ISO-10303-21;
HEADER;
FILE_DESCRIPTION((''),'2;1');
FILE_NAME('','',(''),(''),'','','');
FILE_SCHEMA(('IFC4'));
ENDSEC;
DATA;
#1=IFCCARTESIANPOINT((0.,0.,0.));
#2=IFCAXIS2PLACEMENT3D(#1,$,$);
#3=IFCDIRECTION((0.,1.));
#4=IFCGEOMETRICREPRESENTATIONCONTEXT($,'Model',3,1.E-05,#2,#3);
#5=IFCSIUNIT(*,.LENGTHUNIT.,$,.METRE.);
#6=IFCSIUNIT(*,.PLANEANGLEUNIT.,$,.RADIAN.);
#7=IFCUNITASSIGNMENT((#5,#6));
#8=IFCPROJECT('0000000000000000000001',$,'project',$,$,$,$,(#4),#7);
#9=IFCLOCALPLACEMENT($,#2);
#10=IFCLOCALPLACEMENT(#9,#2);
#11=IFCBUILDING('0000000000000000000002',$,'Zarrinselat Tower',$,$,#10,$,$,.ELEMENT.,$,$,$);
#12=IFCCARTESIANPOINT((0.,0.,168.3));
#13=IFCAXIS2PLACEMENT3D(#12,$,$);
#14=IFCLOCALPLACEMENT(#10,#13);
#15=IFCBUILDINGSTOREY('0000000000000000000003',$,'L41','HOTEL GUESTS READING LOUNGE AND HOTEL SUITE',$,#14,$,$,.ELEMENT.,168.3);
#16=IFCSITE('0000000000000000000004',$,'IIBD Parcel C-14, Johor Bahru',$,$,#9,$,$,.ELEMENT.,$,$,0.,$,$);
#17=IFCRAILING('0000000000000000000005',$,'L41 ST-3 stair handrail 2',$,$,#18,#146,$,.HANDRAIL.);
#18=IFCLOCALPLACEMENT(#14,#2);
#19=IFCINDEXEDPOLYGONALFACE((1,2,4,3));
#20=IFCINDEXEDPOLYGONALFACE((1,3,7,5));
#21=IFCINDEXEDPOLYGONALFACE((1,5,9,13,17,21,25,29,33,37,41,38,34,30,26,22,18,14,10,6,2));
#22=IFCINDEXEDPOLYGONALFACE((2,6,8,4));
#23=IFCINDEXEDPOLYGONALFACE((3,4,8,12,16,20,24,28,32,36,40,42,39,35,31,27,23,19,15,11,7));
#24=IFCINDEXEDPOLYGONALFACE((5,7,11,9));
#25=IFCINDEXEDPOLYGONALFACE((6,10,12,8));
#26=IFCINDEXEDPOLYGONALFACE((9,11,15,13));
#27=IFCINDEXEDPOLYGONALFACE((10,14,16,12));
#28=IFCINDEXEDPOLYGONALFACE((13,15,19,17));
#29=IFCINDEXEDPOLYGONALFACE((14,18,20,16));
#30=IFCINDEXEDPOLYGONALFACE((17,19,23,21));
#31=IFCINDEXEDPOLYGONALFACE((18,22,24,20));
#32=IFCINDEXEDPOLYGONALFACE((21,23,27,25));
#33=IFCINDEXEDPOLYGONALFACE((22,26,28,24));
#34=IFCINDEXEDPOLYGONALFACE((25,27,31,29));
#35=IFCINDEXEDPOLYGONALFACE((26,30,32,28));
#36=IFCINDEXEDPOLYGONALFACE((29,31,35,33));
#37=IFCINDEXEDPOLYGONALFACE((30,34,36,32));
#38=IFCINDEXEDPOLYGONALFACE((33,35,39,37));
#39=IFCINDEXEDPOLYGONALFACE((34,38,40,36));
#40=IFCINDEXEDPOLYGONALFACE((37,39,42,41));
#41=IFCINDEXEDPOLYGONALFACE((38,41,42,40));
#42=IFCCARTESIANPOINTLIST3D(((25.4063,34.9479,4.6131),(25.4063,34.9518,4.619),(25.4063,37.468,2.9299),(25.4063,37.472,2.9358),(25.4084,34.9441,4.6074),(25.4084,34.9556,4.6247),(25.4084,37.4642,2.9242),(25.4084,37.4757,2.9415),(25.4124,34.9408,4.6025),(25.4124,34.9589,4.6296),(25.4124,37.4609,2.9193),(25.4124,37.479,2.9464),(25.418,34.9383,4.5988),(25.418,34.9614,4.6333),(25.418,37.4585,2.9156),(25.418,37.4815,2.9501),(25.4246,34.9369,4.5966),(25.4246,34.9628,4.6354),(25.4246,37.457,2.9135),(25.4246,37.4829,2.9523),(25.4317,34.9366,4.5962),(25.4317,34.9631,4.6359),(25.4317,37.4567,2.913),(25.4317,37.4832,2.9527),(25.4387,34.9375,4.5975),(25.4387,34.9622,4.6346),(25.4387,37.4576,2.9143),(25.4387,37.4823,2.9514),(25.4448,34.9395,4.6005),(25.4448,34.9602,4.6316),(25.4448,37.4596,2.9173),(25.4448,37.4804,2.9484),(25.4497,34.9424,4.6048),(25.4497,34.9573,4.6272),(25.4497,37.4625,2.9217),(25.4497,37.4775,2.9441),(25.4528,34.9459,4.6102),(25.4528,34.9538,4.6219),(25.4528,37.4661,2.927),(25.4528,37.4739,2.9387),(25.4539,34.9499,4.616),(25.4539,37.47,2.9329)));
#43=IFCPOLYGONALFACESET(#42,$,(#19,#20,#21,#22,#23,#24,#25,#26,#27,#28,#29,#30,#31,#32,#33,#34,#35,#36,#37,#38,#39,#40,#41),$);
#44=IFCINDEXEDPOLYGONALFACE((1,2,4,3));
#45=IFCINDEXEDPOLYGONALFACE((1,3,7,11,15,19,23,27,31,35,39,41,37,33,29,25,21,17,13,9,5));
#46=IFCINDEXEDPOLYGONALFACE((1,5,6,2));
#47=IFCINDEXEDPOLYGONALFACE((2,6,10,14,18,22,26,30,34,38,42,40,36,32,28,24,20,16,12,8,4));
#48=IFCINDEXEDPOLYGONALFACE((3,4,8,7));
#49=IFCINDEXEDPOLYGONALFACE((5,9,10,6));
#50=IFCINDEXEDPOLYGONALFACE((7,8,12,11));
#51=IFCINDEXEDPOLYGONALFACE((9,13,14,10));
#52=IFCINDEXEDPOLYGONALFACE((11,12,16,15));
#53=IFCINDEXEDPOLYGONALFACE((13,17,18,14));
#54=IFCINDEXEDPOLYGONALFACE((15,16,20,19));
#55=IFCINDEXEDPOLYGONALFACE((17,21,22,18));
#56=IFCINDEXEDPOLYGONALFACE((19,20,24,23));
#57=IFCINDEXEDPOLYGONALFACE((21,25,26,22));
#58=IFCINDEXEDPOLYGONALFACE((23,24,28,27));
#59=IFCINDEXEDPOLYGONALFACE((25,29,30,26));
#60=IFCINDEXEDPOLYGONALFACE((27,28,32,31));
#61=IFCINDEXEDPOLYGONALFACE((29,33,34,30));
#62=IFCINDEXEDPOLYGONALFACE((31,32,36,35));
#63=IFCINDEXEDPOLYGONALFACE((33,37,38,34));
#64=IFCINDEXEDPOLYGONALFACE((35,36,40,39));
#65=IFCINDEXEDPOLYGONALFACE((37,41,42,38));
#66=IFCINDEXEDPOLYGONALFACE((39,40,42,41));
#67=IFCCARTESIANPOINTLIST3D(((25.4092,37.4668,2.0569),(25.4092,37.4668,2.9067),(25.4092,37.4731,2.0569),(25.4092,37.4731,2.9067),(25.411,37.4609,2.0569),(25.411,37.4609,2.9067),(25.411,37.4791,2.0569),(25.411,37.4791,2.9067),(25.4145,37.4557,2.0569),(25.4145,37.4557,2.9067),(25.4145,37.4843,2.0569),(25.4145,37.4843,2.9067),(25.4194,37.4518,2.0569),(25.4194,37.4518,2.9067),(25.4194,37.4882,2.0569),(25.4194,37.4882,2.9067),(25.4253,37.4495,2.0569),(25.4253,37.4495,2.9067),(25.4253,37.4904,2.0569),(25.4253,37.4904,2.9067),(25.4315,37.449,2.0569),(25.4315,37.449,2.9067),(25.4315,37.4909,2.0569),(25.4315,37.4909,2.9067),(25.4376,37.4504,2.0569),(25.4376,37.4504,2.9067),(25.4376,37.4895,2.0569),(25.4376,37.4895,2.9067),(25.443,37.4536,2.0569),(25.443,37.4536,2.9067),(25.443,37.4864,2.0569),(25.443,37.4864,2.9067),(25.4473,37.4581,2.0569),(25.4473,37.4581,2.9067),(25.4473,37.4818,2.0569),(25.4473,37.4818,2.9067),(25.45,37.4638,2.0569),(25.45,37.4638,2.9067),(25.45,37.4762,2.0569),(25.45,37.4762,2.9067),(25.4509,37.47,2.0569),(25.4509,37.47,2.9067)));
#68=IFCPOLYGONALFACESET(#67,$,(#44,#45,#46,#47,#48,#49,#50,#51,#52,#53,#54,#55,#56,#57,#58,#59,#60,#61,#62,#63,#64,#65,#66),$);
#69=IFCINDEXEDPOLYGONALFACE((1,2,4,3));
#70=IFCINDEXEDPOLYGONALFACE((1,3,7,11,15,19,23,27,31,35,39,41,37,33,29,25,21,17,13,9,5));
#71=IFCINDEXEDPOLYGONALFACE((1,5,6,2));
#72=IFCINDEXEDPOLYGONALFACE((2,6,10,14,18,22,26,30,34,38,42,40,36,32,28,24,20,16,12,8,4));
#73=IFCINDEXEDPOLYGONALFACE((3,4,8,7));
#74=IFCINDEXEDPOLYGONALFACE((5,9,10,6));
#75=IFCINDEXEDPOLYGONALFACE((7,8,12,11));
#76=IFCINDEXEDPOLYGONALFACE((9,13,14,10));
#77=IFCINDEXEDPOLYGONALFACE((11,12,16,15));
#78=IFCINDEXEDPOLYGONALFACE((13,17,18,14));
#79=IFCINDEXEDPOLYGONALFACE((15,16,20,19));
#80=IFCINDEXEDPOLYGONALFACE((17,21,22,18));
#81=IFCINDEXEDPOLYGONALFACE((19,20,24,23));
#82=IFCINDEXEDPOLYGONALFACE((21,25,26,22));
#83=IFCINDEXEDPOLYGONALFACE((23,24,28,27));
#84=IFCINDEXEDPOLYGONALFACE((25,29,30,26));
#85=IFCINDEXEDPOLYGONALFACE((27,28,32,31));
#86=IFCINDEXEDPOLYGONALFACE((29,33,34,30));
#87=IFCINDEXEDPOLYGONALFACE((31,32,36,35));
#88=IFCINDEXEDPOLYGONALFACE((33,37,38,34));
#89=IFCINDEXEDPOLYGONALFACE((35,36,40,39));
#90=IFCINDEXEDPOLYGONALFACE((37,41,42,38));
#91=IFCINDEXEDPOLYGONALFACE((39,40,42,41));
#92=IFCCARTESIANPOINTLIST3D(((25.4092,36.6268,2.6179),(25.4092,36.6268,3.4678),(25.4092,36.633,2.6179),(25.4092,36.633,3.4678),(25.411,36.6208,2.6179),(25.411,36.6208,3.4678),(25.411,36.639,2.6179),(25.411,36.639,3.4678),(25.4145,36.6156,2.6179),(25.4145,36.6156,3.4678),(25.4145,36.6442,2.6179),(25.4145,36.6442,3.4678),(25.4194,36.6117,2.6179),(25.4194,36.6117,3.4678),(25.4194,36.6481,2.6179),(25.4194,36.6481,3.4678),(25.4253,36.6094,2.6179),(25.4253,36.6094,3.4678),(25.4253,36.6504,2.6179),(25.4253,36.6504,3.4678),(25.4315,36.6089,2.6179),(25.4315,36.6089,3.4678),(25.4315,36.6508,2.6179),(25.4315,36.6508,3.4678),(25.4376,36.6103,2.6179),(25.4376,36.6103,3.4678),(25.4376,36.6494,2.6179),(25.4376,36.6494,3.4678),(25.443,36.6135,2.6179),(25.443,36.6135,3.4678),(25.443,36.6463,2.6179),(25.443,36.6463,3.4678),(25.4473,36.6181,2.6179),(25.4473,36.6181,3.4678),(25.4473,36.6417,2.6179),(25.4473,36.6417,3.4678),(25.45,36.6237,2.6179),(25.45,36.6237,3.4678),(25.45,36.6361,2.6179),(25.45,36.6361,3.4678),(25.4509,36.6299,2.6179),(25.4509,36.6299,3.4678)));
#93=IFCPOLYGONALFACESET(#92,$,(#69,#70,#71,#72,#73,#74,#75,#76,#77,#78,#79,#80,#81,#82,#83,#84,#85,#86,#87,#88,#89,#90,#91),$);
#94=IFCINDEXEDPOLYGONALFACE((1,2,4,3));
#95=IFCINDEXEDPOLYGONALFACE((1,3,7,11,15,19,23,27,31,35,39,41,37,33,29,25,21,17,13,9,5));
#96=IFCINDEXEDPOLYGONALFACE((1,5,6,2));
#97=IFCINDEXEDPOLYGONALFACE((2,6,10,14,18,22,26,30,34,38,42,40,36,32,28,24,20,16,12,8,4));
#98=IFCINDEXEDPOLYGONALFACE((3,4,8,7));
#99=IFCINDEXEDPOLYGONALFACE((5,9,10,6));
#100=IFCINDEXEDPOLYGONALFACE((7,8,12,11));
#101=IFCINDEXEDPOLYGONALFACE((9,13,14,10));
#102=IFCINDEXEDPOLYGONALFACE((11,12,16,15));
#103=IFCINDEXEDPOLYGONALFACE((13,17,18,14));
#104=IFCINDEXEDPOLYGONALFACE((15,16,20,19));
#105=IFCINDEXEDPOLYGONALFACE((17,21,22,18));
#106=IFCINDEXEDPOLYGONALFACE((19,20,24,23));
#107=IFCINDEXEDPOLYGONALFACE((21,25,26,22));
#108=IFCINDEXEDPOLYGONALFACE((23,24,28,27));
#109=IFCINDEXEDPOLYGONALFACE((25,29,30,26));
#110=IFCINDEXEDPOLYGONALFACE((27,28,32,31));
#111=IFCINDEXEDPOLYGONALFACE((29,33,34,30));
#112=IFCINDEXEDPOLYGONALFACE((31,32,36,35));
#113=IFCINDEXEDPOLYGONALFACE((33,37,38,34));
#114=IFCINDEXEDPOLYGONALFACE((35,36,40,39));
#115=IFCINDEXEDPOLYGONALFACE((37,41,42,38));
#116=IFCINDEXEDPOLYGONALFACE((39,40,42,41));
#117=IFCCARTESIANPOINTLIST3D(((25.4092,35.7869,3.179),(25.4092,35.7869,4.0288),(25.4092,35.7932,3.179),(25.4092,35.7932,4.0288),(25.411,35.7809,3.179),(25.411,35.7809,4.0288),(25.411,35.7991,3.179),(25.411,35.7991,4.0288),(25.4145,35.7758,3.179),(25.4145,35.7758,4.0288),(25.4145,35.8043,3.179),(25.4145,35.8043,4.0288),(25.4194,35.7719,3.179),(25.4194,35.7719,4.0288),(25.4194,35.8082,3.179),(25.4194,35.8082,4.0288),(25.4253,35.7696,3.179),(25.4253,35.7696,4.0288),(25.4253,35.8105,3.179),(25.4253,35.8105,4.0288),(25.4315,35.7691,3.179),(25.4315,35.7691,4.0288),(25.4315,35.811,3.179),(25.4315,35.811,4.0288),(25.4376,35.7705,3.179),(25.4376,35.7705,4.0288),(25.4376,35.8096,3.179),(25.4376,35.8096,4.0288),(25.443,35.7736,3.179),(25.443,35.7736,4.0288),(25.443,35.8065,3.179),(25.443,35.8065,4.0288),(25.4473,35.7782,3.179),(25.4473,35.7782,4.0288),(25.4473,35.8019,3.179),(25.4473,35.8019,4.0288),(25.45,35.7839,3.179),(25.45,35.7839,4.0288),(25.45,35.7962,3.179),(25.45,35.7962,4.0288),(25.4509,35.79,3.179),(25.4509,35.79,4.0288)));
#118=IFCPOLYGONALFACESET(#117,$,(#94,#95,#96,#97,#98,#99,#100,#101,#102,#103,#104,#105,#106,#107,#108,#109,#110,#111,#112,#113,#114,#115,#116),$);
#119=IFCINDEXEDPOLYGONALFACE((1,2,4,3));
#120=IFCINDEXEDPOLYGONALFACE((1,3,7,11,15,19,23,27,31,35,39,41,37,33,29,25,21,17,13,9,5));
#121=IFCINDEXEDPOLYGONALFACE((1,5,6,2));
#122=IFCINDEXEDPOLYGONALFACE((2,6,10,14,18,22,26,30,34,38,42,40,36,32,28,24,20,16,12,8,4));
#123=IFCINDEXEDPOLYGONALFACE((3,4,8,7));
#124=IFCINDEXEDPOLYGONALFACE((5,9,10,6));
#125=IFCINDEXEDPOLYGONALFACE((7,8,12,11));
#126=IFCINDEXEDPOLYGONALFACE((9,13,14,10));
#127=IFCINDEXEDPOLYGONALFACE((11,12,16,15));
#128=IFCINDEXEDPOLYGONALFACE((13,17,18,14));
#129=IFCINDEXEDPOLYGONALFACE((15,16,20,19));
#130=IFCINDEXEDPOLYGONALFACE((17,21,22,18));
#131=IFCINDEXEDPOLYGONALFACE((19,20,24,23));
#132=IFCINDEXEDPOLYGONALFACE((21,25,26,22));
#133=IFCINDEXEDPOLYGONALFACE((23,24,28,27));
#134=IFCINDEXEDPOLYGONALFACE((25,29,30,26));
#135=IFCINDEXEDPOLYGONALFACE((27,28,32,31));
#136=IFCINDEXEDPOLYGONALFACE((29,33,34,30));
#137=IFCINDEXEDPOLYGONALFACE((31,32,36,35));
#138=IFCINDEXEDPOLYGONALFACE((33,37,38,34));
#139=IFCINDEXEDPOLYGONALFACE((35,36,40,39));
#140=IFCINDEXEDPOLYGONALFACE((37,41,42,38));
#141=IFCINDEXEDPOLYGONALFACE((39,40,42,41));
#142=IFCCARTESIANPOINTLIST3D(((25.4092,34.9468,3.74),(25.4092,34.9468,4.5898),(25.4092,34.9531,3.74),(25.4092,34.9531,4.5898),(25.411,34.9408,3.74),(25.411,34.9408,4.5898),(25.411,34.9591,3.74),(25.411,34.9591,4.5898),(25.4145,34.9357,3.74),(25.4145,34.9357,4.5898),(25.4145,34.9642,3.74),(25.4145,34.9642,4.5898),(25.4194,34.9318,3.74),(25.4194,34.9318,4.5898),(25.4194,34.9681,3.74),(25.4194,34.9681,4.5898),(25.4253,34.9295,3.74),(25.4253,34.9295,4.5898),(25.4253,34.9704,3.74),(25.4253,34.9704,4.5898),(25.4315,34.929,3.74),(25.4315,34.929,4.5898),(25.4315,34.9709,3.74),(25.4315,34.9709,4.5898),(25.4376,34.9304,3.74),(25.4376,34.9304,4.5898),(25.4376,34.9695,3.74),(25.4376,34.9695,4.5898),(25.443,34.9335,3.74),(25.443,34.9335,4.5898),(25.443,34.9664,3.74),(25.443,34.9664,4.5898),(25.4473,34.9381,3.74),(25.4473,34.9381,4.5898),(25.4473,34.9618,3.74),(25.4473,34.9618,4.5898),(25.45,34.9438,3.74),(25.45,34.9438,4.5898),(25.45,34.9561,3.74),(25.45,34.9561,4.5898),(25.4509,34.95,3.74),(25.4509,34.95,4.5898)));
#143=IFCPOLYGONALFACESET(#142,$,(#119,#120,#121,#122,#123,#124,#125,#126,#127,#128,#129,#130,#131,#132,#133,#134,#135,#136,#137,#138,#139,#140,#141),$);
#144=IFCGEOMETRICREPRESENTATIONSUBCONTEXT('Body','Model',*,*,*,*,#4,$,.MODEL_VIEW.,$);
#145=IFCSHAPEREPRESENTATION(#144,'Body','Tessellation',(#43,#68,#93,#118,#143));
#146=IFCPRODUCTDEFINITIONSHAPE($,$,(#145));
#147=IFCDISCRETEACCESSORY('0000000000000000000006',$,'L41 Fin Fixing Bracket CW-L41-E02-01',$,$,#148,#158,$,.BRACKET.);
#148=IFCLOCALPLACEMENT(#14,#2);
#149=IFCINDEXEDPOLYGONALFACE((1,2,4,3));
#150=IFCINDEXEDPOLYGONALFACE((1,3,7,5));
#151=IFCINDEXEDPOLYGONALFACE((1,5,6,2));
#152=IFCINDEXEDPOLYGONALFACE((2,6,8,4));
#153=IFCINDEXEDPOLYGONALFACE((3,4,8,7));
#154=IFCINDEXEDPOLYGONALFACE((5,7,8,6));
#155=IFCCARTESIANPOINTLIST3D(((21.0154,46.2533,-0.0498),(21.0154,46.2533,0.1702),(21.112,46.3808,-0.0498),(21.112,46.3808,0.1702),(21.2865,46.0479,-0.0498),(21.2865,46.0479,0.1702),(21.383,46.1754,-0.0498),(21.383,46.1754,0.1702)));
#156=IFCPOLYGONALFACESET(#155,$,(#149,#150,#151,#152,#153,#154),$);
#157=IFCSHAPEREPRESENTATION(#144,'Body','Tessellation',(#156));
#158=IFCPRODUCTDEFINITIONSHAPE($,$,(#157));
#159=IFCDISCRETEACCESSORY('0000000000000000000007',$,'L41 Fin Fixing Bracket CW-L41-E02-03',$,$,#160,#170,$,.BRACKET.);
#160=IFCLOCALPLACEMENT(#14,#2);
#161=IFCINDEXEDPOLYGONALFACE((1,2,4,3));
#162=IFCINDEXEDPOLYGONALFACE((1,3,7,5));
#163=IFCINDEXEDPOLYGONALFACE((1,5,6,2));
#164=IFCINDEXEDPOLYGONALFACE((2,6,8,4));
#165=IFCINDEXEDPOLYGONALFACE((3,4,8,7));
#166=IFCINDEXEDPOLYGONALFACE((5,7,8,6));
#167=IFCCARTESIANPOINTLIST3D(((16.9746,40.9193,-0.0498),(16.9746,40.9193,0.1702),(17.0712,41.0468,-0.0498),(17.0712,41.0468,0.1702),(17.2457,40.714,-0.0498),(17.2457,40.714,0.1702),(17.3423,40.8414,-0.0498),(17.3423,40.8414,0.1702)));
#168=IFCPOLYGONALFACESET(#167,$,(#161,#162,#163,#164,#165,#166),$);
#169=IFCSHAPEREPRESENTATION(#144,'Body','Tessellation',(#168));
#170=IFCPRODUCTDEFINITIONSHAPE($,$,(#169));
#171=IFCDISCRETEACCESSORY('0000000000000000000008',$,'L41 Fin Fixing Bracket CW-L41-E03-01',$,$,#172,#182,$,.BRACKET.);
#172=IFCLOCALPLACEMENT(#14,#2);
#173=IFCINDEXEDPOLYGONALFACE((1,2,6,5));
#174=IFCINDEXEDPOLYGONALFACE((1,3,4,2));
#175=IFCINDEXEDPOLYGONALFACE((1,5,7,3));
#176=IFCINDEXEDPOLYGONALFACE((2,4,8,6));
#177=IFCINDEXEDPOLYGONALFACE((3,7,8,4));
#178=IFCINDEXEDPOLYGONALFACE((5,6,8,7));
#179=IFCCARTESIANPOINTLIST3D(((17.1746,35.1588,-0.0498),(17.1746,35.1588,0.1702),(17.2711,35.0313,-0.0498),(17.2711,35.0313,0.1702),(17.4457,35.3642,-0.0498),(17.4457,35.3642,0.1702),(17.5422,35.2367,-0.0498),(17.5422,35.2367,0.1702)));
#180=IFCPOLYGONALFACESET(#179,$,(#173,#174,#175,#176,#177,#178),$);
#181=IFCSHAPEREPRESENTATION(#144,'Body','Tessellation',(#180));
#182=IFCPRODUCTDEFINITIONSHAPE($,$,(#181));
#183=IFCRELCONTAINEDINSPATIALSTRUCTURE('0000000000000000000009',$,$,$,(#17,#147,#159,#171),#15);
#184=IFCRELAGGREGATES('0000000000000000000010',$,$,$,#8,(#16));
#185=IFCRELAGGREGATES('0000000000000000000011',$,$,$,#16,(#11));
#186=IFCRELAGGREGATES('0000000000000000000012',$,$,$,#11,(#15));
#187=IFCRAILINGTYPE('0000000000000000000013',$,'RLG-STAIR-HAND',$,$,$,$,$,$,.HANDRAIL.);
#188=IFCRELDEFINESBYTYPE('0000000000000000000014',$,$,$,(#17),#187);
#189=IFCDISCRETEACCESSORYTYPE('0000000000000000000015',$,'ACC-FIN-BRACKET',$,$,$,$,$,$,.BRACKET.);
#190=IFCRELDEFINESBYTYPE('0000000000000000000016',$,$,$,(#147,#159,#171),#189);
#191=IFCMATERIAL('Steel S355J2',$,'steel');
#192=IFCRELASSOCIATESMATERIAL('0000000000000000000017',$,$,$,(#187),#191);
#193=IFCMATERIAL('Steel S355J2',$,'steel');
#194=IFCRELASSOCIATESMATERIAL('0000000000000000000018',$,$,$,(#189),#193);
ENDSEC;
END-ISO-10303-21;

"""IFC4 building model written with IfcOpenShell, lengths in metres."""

from ifc_helpers import new_model, si_unit, direction, frame, origin, origin_2d, place, context, subcontext, project, spatial, rectangle, circle, extrude, material, type_object, element, save


model = new_model("IFC4")

# Units and contexts
model_context = context("Model", 3, precision=1e-05, world=origin(), true_north=direction((0.0, 1.0)))
body_context = subcontext(model_context, "Body", "Model", "MODEL_VIEW")
ifc_project = project(units=[si_unit("LENGTHUNIT", "METRE"), si_unit("PLANEANGLEUNIT", "RADIAN")], contexts=[model_context])

# Site, building, storey
site_placement = place(None, origin())
site = spatial("IfcSite", under=ifc_project, at=site_placement, Name="IIBD Parcel C-14, Johor Bahru", CompositionType="ELEMENT", RefElevation=0.0)
building_placement = place(site_placement, origin())
building = spatial("IfcBuilding", under=site, at=building_placement, Name="Zarrinselat Tower", CompositionType="ELEMENT")
storey_placement = place(building_placement, frame((0.0, 0.0, 168.3)))
storey = spatial("IfcBuildingStorey", under=building, at=storey_placement, Name="L41", Description="HOTEL GUESTS READING LOUNGE AND HOTEL SUITE", CompositionType="ELEMENT", Elevation=168.3)

# Railing
ifc_material_1 = material(Name="Steel S355J2", Category="steel")
railing_type_1 = type_object("IfcRailingType", Name="RLG-STAIR-HAND", PredefinedType="HANDRAIL", material=ifc_material_1)
railing_1_placement = place(storey_placement, frame((25.4299, 37.47, 2.0569)))
element("IfcRailing", 1, at=railing_1_placement, inside=storey, type_object=railing_type_1, Name="L41 ST-3 stair handrail 2", PredefinedType="HANDRAIL", context=body_context, shape_type="SweptSolid", body=[
    extrude(circle(Radius=0.0239, at=origin_2d()), frame((0.0, 0.0, 0.876), z_axis=(0.0, -0.831579, 0.555406), x_axis=(1.0, 0.0, 0.0)), (0.0, 0.0, 1.0), 3.0305),
    extrude(circle(Radius=0.021, at=origin_2d()), origin(), (0.0, 0.0, 1.0), 0.8499),
    extrude(circle(Radius=0.021, at=origin_2d()), frame((0.0, -0.8401, 0.561)), (0.0, 0.0, 1.0), 0.8499),
    extrude(circle(Radius=0.021, at=origin_2d()), frame((0.0, -1.6799, 1.1221)), (0.0, 0.0, 1.0), 0.8499),
    extrude(circle(Radius=0.021, at=origin_2d()), frame((0.0, -2.52, 1.6831)), (0.0, 0.0, 1.0), 0.8499),
])

# Discrete accessories
ifc_material_2 = material(Name="Steel S355J2", Category="steel")
discrete_accessory_type = type_object("IfcDiscreteAccessoryType", Name="ACC-FIN-BRACKET", PredefinedType="BRACKET", material=ifc_material_2)
for number, where, z_axis, x_axis, name in (
    (2, (21.1992, 46.2144, -0.0498), (0.0, 0.0, 1.0), (-0.797095, 0.603855, 0.0), "L41 Fin Fixing Bracket CW-L41-E02-01"),
    (3, (17.1584, 40.8804, -0.0498), (0.0, 0.0, 1.0), (-0.797095, 0.603855, 0.0), "L41 Fin Fixing Bracket CW-L41-E02-03"),
    (4, (17.3584, 35.1978, -0.0498), (0.0, 0.0, 1.0), (-0.797092, -0.603858, 0.0), "L41 Fin Fixing Bracket CW-L41-E03-01"),
):
    element("IfcDiscreteAccessory", number, at=place(storey_placement, frame(where, z_axis=z_axis, x_axis=x_axis)), inside=storey, type_object=discrete_accessory_type, Name=name, PredefinedType="BRACKET", context=body_context, shape_type="SweptSolid", body=[
        extrude(rectangle(XDim=0.3401, YDim=0.1599, at=origin_2d()), origin(), (0.0, 0.0, 1.0), 0.22),
    ])

save(model, "model.ifc")
